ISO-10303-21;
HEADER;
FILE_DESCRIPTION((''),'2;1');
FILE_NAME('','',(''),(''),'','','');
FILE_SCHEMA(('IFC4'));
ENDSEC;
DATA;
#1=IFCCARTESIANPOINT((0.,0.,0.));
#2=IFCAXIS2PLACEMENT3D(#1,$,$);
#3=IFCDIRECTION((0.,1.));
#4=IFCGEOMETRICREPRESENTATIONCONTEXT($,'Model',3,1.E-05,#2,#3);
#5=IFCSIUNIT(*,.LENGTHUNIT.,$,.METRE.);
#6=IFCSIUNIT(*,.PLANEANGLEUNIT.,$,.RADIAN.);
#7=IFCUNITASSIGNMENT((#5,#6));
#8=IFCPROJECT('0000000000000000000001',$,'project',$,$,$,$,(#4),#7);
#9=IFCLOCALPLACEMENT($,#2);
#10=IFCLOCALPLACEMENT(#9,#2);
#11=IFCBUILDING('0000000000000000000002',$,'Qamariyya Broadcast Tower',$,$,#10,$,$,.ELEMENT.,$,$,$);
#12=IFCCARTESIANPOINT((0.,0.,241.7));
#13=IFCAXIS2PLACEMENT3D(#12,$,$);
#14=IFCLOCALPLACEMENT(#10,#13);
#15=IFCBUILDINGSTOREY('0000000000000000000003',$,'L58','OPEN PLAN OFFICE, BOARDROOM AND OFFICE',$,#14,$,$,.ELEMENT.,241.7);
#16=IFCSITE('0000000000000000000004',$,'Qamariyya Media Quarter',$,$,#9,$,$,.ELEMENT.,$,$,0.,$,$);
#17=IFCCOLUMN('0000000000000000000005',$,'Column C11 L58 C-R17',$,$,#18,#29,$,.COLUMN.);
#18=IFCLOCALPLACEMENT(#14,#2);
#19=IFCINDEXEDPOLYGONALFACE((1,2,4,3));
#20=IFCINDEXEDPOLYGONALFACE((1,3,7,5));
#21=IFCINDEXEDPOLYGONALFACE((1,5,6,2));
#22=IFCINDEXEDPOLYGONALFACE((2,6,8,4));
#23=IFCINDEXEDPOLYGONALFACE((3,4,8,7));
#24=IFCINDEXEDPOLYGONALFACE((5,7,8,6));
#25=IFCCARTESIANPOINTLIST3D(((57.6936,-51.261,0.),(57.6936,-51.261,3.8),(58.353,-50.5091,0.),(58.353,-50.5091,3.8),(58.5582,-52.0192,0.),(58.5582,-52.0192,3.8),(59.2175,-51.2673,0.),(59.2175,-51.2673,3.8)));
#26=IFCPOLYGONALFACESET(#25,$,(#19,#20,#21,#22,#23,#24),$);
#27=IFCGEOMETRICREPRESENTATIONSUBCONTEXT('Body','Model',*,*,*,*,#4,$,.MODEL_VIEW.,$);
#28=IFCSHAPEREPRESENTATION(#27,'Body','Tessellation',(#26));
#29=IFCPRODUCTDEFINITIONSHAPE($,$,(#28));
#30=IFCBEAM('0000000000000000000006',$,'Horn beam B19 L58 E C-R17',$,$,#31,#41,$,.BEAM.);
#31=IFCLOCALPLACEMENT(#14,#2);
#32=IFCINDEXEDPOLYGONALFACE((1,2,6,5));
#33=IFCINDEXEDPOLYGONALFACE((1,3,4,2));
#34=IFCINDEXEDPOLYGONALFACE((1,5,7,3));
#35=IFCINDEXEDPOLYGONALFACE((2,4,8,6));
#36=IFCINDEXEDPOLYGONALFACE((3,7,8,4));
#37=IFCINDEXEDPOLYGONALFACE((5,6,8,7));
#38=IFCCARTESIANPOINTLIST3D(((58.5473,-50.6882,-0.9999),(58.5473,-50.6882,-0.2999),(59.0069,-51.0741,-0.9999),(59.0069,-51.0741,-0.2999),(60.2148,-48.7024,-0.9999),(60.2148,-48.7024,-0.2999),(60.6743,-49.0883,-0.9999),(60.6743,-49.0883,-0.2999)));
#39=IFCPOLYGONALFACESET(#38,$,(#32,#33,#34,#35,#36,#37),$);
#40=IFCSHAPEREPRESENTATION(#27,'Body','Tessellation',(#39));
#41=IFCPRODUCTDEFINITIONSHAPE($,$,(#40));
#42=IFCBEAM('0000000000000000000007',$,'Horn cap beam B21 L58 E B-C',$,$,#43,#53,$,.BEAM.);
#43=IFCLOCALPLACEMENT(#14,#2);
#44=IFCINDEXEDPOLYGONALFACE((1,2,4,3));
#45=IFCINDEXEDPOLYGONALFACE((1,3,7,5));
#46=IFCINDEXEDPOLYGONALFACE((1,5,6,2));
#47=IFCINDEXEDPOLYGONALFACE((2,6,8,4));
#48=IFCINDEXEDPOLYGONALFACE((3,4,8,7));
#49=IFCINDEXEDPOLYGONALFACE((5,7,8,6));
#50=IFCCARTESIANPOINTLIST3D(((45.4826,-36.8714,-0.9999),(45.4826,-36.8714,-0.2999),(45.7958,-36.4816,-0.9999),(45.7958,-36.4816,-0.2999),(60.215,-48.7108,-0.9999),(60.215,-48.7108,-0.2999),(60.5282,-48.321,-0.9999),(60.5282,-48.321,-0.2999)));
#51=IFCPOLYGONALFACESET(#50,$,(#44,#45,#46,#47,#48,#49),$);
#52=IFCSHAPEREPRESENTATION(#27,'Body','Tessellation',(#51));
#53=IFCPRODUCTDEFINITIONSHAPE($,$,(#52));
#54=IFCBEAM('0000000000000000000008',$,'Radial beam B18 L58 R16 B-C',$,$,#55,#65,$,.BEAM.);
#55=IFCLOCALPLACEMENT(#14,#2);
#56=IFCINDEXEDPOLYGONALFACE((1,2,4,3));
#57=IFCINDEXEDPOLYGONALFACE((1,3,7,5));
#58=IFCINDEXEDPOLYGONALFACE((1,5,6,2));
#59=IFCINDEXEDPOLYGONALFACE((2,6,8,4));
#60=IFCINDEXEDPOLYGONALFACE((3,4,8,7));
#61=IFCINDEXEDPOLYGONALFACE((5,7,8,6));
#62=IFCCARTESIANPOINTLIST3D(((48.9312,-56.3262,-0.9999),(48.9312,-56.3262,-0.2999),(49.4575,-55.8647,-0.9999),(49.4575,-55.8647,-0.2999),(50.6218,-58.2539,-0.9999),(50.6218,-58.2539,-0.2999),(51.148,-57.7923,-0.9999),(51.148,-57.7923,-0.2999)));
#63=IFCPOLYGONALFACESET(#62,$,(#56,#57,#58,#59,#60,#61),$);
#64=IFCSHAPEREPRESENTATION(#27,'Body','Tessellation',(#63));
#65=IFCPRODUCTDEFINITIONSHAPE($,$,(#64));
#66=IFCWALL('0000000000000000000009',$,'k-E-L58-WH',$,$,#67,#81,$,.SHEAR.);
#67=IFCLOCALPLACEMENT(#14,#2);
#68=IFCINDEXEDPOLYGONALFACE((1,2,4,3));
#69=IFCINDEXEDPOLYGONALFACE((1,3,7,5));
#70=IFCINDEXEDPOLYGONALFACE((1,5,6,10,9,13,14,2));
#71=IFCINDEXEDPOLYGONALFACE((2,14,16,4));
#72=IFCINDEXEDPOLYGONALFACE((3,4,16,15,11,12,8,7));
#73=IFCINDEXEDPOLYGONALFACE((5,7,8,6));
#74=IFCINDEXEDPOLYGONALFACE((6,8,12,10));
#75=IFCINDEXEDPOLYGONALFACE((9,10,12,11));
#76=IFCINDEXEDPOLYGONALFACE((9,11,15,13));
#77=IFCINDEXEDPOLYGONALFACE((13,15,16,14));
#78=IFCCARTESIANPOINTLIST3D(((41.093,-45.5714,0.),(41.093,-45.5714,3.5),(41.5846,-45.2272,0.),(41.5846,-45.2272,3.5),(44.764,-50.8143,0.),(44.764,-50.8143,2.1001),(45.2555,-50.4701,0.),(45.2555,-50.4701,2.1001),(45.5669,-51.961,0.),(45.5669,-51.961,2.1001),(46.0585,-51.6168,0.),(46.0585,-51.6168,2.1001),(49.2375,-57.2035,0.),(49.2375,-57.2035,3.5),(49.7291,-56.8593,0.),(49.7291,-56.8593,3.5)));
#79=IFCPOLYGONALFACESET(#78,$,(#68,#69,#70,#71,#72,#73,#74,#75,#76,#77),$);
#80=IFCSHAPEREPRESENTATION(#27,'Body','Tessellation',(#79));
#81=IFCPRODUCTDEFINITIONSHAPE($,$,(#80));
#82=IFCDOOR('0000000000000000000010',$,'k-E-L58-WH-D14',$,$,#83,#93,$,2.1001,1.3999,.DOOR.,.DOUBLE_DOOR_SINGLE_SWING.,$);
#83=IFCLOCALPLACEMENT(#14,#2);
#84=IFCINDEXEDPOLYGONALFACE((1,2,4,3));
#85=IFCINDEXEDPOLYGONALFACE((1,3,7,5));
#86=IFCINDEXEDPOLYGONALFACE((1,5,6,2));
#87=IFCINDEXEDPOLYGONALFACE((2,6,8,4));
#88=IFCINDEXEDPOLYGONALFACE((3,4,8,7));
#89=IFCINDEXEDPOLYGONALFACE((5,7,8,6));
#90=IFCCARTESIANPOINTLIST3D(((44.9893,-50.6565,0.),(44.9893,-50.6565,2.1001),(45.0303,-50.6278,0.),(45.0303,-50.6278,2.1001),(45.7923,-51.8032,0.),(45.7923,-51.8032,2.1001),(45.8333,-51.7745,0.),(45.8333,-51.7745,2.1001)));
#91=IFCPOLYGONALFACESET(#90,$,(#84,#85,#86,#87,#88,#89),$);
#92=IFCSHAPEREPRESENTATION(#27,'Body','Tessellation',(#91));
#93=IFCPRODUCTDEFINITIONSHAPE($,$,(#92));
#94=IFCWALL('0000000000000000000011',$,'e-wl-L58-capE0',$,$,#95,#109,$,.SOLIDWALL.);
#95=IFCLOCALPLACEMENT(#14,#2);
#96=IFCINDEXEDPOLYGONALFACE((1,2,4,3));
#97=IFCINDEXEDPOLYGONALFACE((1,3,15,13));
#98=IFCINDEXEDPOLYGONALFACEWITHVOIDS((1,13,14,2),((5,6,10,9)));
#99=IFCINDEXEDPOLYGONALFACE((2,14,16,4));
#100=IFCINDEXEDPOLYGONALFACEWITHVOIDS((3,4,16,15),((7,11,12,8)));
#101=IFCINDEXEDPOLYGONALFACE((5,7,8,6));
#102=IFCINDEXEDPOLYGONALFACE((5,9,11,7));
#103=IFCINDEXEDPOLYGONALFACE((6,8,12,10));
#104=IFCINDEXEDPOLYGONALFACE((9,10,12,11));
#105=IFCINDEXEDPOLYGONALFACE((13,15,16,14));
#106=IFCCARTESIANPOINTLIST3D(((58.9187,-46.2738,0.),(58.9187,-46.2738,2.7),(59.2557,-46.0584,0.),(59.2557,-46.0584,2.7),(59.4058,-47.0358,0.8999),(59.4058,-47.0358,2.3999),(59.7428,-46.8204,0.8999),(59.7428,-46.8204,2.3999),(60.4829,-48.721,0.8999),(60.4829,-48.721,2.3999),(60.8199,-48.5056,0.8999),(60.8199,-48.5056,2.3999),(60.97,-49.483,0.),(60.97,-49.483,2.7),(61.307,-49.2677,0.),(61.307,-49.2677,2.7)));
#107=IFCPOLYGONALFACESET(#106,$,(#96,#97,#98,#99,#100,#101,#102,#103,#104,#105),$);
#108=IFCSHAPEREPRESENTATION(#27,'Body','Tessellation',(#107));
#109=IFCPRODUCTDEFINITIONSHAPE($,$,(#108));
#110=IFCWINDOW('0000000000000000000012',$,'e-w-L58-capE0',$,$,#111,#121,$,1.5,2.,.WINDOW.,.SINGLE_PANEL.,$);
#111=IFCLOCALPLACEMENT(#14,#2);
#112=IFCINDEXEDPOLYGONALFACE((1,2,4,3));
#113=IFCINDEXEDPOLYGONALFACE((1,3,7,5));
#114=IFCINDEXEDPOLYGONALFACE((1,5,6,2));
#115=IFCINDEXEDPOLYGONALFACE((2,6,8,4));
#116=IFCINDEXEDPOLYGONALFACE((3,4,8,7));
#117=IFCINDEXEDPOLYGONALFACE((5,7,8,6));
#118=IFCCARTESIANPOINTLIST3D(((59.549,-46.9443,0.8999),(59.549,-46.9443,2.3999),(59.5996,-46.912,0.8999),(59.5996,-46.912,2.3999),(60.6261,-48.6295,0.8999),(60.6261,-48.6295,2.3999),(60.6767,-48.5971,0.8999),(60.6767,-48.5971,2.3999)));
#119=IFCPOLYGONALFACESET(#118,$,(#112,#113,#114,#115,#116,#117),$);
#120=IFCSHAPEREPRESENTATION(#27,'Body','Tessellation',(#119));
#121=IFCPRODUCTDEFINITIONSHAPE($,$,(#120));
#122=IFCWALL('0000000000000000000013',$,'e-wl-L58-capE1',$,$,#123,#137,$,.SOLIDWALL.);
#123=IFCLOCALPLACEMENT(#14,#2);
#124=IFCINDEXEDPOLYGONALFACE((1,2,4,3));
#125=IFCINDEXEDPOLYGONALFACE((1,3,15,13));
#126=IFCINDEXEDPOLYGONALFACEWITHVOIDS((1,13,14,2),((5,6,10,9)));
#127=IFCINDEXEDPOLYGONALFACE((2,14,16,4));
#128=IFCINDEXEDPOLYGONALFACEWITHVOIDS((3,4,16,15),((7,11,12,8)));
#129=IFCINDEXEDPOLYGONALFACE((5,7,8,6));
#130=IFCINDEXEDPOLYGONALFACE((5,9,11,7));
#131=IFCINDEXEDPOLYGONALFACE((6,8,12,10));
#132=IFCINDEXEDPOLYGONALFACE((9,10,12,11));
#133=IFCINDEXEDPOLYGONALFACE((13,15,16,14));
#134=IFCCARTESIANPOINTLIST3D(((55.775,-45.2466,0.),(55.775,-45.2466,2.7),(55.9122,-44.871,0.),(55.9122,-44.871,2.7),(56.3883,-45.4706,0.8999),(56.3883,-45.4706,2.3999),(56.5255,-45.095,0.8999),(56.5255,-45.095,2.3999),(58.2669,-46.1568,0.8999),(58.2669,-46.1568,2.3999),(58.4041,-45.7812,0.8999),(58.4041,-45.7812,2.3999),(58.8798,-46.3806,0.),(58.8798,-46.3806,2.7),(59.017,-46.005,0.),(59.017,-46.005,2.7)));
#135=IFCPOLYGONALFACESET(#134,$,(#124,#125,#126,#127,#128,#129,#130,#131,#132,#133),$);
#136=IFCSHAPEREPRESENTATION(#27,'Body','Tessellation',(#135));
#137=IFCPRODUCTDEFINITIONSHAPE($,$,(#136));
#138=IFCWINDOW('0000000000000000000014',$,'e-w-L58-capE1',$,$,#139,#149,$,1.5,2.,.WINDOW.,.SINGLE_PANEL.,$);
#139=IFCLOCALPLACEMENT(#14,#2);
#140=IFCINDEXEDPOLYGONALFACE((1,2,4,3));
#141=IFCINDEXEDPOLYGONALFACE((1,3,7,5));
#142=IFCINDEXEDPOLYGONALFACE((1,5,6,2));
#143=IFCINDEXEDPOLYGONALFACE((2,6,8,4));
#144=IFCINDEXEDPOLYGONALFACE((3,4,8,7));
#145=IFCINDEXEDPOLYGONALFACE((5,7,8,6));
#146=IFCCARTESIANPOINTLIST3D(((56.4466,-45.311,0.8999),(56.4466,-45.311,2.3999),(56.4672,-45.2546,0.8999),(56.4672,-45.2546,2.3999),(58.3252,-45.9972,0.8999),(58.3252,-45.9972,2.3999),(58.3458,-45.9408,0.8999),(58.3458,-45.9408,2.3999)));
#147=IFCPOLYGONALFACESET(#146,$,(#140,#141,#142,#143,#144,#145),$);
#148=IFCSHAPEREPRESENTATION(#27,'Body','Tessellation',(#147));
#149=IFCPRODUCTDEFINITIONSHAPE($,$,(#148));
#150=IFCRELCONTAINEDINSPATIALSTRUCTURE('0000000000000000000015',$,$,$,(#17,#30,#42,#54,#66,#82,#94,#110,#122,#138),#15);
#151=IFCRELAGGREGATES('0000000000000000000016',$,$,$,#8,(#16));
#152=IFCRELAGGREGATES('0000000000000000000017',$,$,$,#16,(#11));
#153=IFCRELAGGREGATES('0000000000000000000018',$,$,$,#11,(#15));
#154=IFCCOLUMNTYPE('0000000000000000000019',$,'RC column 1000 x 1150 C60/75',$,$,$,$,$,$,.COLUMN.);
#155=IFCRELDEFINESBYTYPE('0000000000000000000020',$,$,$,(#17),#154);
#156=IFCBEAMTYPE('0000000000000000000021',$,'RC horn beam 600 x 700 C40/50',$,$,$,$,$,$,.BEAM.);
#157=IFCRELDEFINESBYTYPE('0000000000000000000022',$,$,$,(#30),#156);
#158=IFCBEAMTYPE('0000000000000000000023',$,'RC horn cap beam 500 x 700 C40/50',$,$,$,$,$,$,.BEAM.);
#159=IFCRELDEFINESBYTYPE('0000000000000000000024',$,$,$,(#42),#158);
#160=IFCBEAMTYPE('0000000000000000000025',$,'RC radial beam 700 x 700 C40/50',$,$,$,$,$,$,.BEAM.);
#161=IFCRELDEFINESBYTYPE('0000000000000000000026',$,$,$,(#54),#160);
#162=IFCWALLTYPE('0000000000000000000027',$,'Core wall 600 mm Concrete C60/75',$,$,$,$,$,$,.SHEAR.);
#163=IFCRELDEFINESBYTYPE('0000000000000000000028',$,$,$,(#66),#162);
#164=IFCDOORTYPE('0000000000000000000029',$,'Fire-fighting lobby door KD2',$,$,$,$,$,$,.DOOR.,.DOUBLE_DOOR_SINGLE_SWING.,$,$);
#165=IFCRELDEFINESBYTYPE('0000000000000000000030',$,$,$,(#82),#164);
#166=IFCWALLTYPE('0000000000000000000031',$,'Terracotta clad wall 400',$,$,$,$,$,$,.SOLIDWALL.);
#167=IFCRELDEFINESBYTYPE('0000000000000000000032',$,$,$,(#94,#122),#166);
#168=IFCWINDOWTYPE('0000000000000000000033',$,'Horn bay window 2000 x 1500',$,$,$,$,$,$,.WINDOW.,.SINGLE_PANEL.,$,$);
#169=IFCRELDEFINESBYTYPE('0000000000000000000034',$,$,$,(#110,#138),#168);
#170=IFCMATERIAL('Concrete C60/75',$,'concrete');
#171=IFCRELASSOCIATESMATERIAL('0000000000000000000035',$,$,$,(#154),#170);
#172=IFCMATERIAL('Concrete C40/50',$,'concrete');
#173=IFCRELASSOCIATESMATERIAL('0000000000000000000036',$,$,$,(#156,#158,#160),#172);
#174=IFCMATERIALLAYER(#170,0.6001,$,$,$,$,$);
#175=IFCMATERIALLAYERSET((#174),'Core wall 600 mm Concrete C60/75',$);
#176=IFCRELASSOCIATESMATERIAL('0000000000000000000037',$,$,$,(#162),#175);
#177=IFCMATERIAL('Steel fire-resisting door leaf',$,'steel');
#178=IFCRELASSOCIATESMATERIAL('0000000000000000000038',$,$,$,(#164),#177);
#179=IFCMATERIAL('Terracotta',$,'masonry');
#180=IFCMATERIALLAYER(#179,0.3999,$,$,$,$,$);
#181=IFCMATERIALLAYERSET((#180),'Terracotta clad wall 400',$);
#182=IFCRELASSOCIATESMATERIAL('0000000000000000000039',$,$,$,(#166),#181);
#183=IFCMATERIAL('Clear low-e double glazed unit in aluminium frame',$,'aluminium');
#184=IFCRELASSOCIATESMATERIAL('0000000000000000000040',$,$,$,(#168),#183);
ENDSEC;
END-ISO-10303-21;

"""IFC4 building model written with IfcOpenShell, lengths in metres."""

from ifc_helpers import new_model, si_unit, direction, frame, frame_2d, origin, origin_2d, place, context, subcontext, project, spatial, rectangle, extrude, material, layer, layer_set, material_profile, profile_set, type_object, element, fill, save


model = new_model("IFC4")

# Units and contexts
model_context = context("Model", 3, precision=1e-05, world=origin(), true_north=direction((0.0, 1.0)))
body_context = subcontext(model_context, "Body", "Model", "MODEL_VIEW")
ifc_project = project(units=[si_unit("LENGTHUNIT", "METRE"), si_unit("PLANEANGLEUNIT", "RADIAN")], contexts=[model_context])

# Site, building, storey
site_placement = place(None, origin())
site = spatial("IfcSite", under=ifc_project, at=site_placement, Name="Qamariyya Media Quarter", CompositionType="ELEMENT", RefElevation=0.0)
building_placement = place(site_placement, origin())
building = spatial("IfcBuilding", under=site, at=building_placement, Name="Qamariyya Broadcast Tower", CompositionType="ELEMENT")
storey_placement = place(building_placement, frame((0.0, 0.0, 241.7)))
storey = spatial("IfcBuildingStorey", under=building, at=storey_placement, Name="L58", Description="OPEN PLAN OFFICE, BOARDROOM AND OFFICE", CompositionType="ELEMENT", Elevation=241.7)

# Column
ifc_material_1 = material(Name="Concrete C60/75", Category="concrete")
ifc_material_profile_1 = material_profile(ifc_material_1, rectangle(XDim=1.0, YDim=1.1499, at=origin_2d()))
ifc_profile_set_1 = profile_set([ifc_material_profile_1], Name="Concrete C60/75")
column_type = type_object("IfcColumnType", Name="RC column 1000 x 1150 C60/75", PredefinedType="COLUMN", material=ifc_profile_set_1)
column_placement = place(storey_placement, frame((58.4556, -51.2642, 0.0), z_axis=(0.0, 0.0, 1.0), x_axis=(0.659346, 0.75184, 0.0)))
element("IfcColumn", 1, at=column_placement, inside=storey, type_object=column_type, Name="Column C11 L58 C-R17", PredefinedType="COLUMN", context=body_context, shape_type="SweptSolid", body=[
    extrude(rectangle(XDim=1.0, YDim=1.1499, at=origin_2d()), origin(), (0.0, 0.0, 1.0), 3.8),
])

# Beams
ifc_material_2 = material(Name="Concrete C40/50", Category="concrete")
ifc_material_profile_2 = material_profile(ifc_material_2, rectangle(XDim=0.6001, YDim=0.7, at=origin_2d()))
ifc_profile_set_2 = profile_set([ifc_material_profile_2], Name="Concrete C40/50")
beam_type_1 = type_object("IfcBeamType", Name="RC horn beam 600 x 700 C40/50", PredefinedType="BEAM", material=ifc_profile_set_2)
beam_1_placement = place(storey_placement, frame((58.7771, -50.8811, -0.6499), z_axis=(0.643051, 0.765824, 0.0), x_axis=(-0.765824, 0.643051, 0.0)))
element("IfcBeam", 2, at=beam_1_placement, inside=storey, type_object=beam_type_1, Name="Horn beam B19 L58 E C-R17", PredefinedType="BEAM", context=body_context, shape_type="SweptSolid", body=[
    extrude(rectangle(XDim=0.6001, YDim=0.7, at=origin_2d()), origin(), (0.0, 0.0, 1.0), 2.593),
])
ifc_material_profile_3 = material_profile(ifc_material_2, rectangle(XDim=0.5, YDim=0.7, at=origin_2d()))
ifc_profile_set_3 = profile_set([ifc_material_profile_3], Name="Concrete C40/50")
beam_type_2 = type_object("IfcBeamType", Name="RC horn cap beam 500 x 700 C40/50", PredefinedType="BEAM", material=ifc_profile_set_3)
beam_2_placement = place(storey_placement, frame((45.6392, -36.6765, -0.6499), z_axis=(0.779488, -0.626417, 0.0), x_axis=(0.626417, 0.779488, 0.0)))
element("IfcBeam", 3, at=beam_2_placement, inside=storey, type_object=beam_type_2, Name="Horn cap beam B21 L58 E B-C", PredefinedType="BEAM", context=body_context, shape_type="SweptSolid", body=[
    extrude(rectangle(XDim=0.5, YDim=0.7, at=origin_2d()), origin(), (0.0, 0.0, 1.0), 18.9001),
])
ifc_material_profile_4 = material_profile(ifc_material_2, rectangle(XDim=0.7, YDim=0.7, at=origin_2d()))
ifc_profile_set_4 = profile_set([ifc_material_profile_4], Name="Concrete C40/50")
beam_type_3 = type_object("IfcBeamType", Name="RC radial beam 700 x 700 C40/50", PredefinedType="BEAM", material=ifc_profile_set_4)
beam_3_placement = place(storey_placement, frame((49.1943, -56.0955, -0.6499), z_axis=(0.659367, -0.751821, 0.0), x_axis=(0.751821, 0.659367, 0.0)))
element("IfcBeam", 4, at=beam_3_placement, inside=storey, type_object=beam_type_3, Name="Radial beam B18 L58 R16 B-C", PredefinedType="BEAM", context=body_context, shape_type="SweptSolid", body=[
    extrude(rectangle(XDim=0.7, YDim=0.7, at=origin_2d()), origin(), (0.0, 0.0, 1.0), 2.564),
])

# Wall, opening, door
ifc_layer_1 = layer(ifc_material_1, 0.6001)
ifc_layer_set_1 = layer_set([ifc_layer_1], Name="Core wall 600 mm Concrete C60/75")
wall_type_1 = type_object("IfcWallType", Name="Core wall 600 mm Concrete C60/75", PredefinedType="SHEAR", material=ifc_layer_set_1)
wall_1_placement = place(storey_placement, frame((49.4834, -57.0315, 0.0), z_axis=(0.0, 0.0, 1.0), x_axis=(-0.57356, 0.819163, 0.0)))
wall_1 = element("IfcWall", 5, at=wall_1_placement, inside=storey, type_object=wall_type_1, Name="k-E-L58-WH", PredefinedType="SHEAR", context=body_context, shape_type="SweptSolid", body=[
    extrude(rectangle(XDim=14.2, YDim=0.6001, at=frame_2d((7.1001, 0.0))), origin(), (0.0, 0.0, 1.0), 3.5),
])
opening_1_placement = place(wall_1_placement, frame((6.3999, 0.0, 0.0)))
opening_1 = element("IfcOpeningElement", 6, at=opening_1_placement, cuts=wall_1, PredefinedType="OPENING", context=body_context, shape_type="SweptSolid", body=[
    extrude(rectangle(XDim=1.3999, YDim=2.1001, at=frame_2d((0.7, 1.05))), frame((0.0, 0.3101, 0.0), z_axis=(0.0, -1.0, 0.0), x_axis=(1.0, 0.0, 0.0)), (0.0, 0.0, 1.0), 0.6201),
])
ifc_material_3 = material(Name="Steel fire-resisting door leaf", Category="steel")
door_type = type_object("IfcDoorType", Name="Fire-fighting lobby door KD2", OperationType="DOUBLE_DOOR_SINGLE_SWING", PredefinedType="DOOR", material=ifc_material_3)
door_placement = place(opening_1_placement, origin())
door = element("IfcDoor", 7, at=door_placement, inside=storey, type_object=door_type, Name="k-E-L58-WH-D14", OperationType="DOUBLE_DOOR_SINGLE_SWING", OverallHeight=2.1001, OverallWidth=1.3999, PredefinedType="DOOR", context=body_context, shape_type="SweptSolid", body=[
    extrude(rectangle(XDim=1.3999, YDim=2.1001, at=frame_2d((0.7, 1.05))), frame((0.0, 0.0249, 0.0), z_axis=(0.0, -1.0, 0.0), x_axis=(1.0, 0.0, 0.0)), (0.0, 0.0, 1.0), 0.05),
])
fill(opening_1, door)

# Walls, openings, windows
ifc_material_4 = material(Name="Terracotta", Category="masonry")
ifc_layer_2 = layer(ifc_material_4, 0.3999)
ifc_layer_set_2 = layer_set([ifc_layer_2], Name="Terracotta clad wall 400")
wall_type_2 = type_object("IfcWallType", Name="Terracotta clad wall 400", PredefinedType="SOLIDWALL", material=ifc_layer_set_2)
wall_2_placement = place(storey_placement, frame((61.1384, -49.3752, 0.0), z_axis=(0.0, 0.0, 1.0), x_axis=(-0.538562, 0.842586, 0.0)))
wall_2 = element("IfcWall", 8, at=wall_2_placement, inside=storey, type_object=wall_type_2, Name="e-wl-L58-capE0", PredefinedType="SOLIDWALL", context=body_context, shape_type="SweptSolid", body=[
    extrude(rectangle(XDim=3.8088, YDim=0.3999, at=frame_2d((1.9043, 0.0))), origin(), (0.0, 0.0, 1.0), 2.7),
])
opening_2_placement = place(wall_2_placement, frame((0.9043, 0.0, 0.8999)))
opening_2 = element("IfcOpeningElement", 9, at=opening_2_placement, cuts=wall_2, PredefinedType="OPENING", context=body_context, shape_type="SweptSolid", body=[
    extrude(rectangle(XDim=2.0, YDim=1.5, at=frame_2d((1.0, 0.75))), frame((0.0, 0.21, 0.0), z_axis=(0.0, -1.0, 0.0), x_axis=(1.0, 0.0, 0.0)), (0.0, 0.0, 1.0), 0.4199),
])
ifc_material_5 = material(Name="Clear low-e double glazed unit in aluminium frame", Category="aluminium")
window_type = type_object("IfcWindowType", Name="Horn bay window 2000 x 1500", PartitioningType="SINGLE_PANEL", PredefinedType="WINDOW", material=ifc_material_5)
window_1_placement = place(opening_2_placement, origin())
window_1 = element("IfcWindow", 10, at=window_1_placement, inside=storey, type_object=window_type, Name="e-w-L58-capE0", OverallHeight=1.5, OverallWidth=2.0, PartitioningType="SINGLE_PANEL", PredefinedType="WINDOW", context=body_context, shape_type="SweptSolid", body=[
    extrude(rectangle(XDim=2.0, YDim=1.5, at=frame_2d((1.0, 0.75))), frame((0.0, 0.03, 0.0), z_axis=(0.0, -1.0, 0.0), x_axis=(1.0, 0.0, 0.0)), (0.0, 0.0, 1.0), 0.0601),
])
fill(opening_2, window_1)
wall_3_placement = place(storey_placement, frame((58.9485, -46.1929, 0.0), z_axis=(0.0, 0.0, 1.0), x_axis=(-0.939303, 0.343089, 0.0)))
wall_3 = element("IfcWall", 11, at=wall_3_placement, inside=storey, type_object=wall_type_2, Name="e-wl-L58-capE1", PredefinedType="SOLIDWALL", context=body_context, shape_type="SweptSolid", body=[
    extrude(rectangle(XDim=3.3054, YDim=0.3999, at=frame_2d((1.6528, 0.0))), origin(), (0.0, 0.0, 1.0), 2.7),
])
opening_3_placement = place(wall_3_placement, frame((0.6526, 0.0, 0.8999)))
opening_3 = element("IfcOpeningElement", 12, at=opening_3_placement, cuts=wall_3, PredefinedType="OPENING", context=body_context, shape_type="SweptSolid", body=[
    extrude(rectangle(XDim=2.0, YDim=1.5, at=frame_2d((1.0, 0.75))), frame((0.0, 0.21, 0.0), z_axis=(0.0, -1.0, 0.0), x_axis=(1.0, 0.0, 0.0)), (0.0, 0.0, 1.0), 0.4199),
])
window_2_placement = place(opening_3_placement, origin())
window_2 = element("IfcWindow", 13, at=window_2_placement, inside=storey, type_object=window_type, Name="e-w-L58-capE1", OverallHeight=1.5, OverallWidth=2.0, PartitioningType="SINGLE_PANEL", PredefinedType="WINDOW", context=body_context, shape_type="SweptSolid", body=[
    extrude(rectangle(XDim=2.0, YDim=1.5, at=frame_2d((1.0, 0.75))), frame((0.0, 0.03, 0.0), z_axis=(0.0, -1.0, 0.0), x_axis=(1.0, 0.0, 0.0)), (0.0, 0.0, 1.0), 0.0601),
])
fill(opening_3, window_2)

save(model, "model.ifc")
